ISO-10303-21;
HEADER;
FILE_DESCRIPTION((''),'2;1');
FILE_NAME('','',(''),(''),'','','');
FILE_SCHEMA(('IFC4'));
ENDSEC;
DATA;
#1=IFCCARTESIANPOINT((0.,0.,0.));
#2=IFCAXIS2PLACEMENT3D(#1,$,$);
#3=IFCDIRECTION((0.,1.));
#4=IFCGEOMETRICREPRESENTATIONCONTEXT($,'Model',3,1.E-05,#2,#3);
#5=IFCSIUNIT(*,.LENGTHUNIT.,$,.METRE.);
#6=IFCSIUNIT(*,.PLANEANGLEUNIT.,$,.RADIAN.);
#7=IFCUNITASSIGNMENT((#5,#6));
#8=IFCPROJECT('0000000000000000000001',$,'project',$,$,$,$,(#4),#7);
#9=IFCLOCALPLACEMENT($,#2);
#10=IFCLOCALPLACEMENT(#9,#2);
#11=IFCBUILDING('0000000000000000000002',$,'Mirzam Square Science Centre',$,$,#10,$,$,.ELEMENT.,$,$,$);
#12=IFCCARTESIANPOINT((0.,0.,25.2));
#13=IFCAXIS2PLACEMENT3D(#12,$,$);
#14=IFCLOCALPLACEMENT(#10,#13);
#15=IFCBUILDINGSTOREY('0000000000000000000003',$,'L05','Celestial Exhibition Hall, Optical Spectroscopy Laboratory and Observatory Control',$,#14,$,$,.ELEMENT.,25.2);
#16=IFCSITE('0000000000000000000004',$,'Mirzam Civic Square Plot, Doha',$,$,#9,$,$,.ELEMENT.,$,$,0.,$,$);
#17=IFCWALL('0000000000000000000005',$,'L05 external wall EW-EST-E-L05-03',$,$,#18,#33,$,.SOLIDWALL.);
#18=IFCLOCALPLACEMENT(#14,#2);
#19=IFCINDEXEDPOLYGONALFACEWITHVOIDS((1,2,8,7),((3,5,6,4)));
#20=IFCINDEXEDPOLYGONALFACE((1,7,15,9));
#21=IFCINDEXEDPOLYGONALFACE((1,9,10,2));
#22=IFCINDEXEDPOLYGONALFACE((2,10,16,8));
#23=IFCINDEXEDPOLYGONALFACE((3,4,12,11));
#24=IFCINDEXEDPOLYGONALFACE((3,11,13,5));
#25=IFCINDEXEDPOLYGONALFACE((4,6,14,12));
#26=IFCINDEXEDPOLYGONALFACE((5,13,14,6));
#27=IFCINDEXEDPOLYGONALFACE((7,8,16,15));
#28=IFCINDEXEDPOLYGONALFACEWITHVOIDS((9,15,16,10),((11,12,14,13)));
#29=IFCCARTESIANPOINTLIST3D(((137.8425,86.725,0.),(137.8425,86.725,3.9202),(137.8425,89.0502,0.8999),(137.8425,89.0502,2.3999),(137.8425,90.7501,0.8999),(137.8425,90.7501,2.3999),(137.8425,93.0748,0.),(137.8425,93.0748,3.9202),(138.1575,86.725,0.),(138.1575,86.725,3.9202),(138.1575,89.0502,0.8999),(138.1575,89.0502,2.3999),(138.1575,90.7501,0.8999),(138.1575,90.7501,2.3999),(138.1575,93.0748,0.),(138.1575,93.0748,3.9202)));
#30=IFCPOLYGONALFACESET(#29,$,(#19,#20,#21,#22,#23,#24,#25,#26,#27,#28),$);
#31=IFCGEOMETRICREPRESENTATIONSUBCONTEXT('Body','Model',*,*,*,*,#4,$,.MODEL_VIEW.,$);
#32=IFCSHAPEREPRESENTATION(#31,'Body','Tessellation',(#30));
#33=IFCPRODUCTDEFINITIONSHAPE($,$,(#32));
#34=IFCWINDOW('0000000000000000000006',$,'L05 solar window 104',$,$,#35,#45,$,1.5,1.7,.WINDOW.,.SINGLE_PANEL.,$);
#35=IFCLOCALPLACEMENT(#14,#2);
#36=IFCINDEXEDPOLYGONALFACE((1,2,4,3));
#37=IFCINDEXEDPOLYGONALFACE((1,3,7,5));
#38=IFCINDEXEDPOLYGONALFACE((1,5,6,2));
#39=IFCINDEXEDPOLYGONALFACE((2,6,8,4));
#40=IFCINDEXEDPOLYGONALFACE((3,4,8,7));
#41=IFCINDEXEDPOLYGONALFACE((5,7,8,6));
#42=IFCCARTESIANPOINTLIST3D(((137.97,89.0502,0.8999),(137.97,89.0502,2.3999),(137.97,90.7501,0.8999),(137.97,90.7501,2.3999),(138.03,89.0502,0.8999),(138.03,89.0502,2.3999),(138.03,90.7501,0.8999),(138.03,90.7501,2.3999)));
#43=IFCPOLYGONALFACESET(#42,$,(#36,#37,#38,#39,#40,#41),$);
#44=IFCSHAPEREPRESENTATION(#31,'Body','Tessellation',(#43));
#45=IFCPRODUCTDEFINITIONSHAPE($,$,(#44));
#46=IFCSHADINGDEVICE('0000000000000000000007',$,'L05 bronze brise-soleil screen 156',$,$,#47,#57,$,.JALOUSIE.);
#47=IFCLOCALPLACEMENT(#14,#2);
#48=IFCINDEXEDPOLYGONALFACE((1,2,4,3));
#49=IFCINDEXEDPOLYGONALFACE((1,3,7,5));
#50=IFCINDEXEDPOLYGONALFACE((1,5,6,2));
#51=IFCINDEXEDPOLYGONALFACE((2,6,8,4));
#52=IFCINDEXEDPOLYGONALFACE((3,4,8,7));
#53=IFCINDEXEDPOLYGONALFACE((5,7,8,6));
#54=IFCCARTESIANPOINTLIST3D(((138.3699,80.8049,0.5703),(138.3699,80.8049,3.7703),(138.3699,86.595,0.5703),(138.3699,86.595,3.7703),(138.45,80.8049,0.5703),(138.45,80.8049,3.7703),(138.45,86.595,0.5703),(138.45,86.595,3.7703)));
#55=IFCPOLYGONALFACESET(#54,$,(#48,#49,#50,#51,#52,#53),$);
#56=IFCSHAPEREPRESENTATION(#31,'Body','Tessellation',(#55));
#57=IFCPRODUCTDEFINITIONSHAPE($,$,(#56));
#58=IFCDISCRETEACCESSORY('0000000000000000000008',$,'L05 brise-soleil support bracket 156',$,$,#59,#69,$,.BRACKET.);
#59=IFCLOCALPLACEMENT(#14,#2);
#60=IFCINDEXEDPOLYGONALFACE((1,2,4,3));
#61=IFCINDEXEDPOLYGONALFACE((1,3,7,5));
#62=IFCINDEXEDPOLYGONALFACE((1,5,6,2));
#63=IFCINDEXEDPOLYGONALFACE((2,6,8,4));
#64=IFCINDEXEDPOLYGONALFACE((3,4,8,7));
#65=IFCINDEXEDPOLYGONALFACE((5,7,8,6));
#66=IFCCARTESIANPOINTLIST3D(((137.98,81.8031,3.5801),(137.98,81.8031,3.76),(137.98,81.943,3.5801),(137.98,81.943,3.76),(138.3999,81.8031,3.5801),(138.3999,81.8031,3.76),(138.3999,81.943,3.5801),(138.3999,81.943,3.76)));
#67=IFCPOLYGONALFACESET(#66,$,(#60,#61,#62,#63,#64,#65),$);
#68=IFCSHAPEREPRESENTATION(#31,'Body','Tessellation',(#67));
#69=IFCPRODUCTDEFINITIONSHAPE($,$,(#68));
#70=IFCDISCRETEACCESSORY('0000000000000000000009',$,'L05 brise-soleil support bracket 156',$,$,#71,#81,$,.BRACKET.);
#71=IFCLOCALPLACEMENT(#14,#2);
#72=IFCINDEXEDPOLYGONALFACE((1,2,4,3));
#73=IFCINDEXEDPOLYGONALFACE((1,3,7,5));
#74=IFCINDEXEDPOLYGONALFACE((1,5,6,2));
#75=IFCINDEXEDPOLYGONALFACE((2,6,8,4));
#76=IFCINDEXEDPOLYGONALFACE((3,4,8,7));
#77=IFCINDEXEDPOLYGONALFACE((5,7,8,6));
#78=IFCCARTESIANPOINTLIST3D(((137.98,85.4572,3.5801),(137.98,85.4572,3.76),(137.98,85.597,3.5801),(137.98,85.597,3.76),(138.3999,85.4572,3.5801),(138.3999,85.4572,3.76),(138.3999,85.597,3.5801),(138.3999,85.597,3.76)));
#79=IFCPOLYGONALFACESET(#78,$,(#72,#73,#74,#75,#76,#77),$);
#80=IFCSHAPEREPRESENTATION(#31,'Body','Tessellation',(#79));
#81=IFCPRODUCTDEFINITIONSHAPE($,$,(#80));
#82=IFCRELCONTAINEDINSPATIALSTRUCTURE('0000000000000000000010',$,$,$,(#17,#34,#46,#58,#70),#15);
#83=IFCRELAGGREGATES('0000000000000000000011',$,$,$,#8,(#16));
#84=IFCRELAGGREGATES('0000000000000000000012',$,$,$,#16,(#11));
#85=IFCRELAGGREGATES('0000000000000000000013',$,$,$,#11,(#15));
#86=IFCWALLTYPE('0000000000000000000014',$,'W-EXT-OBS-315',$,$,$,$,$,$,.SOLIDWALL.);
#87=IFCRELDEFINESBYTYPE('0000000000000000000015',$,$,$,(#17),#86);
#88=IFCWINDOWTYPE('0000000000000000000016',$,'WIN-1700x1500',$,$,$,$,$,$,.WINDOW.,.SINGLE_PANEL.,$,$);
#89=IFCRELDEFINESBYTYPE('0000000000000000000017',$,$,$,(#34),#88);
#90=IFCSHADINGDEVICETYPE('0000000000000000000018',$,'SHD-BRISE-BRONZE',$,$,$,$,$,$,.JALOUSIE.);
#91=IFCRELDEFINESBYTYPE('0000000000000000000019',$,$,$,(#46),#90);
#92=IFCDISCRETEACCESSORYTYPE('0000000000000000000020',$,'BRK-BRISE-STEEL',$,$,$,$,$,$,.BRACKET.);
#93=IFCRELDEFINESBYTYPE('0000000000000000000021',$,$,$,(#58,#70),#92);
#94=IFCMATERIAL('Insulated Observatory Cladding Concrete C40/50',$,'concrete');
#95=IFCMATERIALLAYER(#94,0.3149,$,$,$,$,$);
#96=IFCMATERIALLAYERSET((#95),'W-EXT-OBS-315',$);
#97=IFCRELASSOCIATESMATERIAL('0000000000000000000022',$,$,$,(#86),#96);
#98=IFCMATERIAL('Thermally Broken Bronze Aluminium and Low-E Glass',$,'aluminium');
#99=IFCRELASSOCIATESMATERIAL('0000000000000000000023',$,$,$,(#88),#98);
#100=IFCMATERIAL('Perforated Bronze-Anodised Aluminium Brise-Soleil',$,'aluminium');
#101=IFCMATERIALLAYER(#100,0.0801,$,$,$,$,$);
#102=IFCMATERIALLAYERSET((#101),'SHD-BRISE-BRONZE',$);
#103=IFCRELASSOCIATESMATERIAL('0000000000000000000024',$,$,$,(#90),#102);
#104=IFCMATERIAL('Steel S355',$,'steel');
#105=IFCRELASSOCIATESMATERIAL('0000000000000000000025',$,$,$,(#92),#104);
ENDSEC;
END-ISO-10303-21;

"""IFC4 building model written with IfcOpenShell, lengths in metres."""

from ifc_helpers import new_model, si_unit, direction, frame, frame_2d, origin, origin_2d, place, context, subcontext, project, spatial, rectangle, extrude, material, layer, layer_set, type_object, element, fill, save


model = new_model("IFC4")

# Units and contexts
model_context = context("Model", 3, precision=1e-05, world=origin(), true_north=direction((0.0, 1.0)))
body_context = subcontext(model_context, "Body", "Model", "MODEL_VIEW")
ifc_project = project(units=[si_unit("LENGTHUNIT", "METRE"), si_unit("PLANEANGLEUNIT", "RADIAN")], contexts=[model_context])

# Site, building, storey
site_placement = place(None, origin())
site = spatial("IfcSite", under=ifc_project, at=site_placement, Name="Mirzam Civic Square Plot, Doha", CompositionType="ELEMENT", RefElevation=0.0)
building_placement = place(site_placement, origin())
building = spatial("IfcBuilding", under=site, at=building_placement, Name="Mirzam Square Science Centre", CompositionType="ELEMENT")
storey_placement = place(building_placement, frame((0.0, 0.0, 25.2)))
storey = spatial("IfcBuildingStorey", under=building, at=storey_placement, Name="L05", Description="Celestial Exhibition Hall, Optical Spectroscopy Laboratory and Observatory Control", CompositionType="ELEMENT", Elevation=25.2)

# Shared definitions
ifc_material_1 = material(Name="Steel S355", Category="steel")

# Wall, opening, window
ifc_material_2 = material(Name="Insulated Observatory Cladding Concrete C40/50", Category="concrete")
ifc_layer_1 = layer(ifc_material_2, 0.3149)
ifc_layer_set_1 = layer_set([ifc_layer_1], Name="W-EXT-OBS-315")
wall_type = type_object("IfcWallType", Name="W-EXT-OBS-315", PredefinedType="SOLIDWALL", material=ifc_layer_set_1)
wall_placement = place(storey_placement, frame((138.0, 86.7251, 0.0), z_axis=(0.0, 0.0, 1.0), x_axis=(0.0, 1.0, 0.0)))
wall = element("IfcWall", 1, at=wall_placement, inside=storey, type_object=wall_type, Name="L05 external wall EW-EST-E-L05-03", PredefinedType="SOLIDWALL", context=body_context, shape_type="SweptSolid", body=[
    extrude(rectangle(XDim=6.3499, YDim=0.3149, at=frame_2d((3.1748, 0.0))), origin(), (0.0, 0.0, 1.0), 3.9202),
])
opening_placement = place(wall_placement, frame((2.325, 0.0, 0.8999)))
opening = element("IfcOpeningElement", 2, at=opening_placement, cuts=wall, PredefinedType="OPENING", context=body_context, shape_type="SweptSolid", body=[
    extrude(rectangle(XDim=1.7, YDim=1.5, at=frame_2d((0.8501, 0.75))), frame((0.0, 0.1675, 0.0), z_axis=(0.0, -1.0, 0.0), x_axis=(1.0, 0.0, 0.0)), (0.0, 0.0, 1.0), 0.335),
])
ifc_material_3 = material(Name="Thermally Broken Bronze Aluminium and Low-E Glass", Category="aluminium")
window_type = type_object("IfcWindowType", Name="WIN-1700x1500", PartitioningType="SINGLE_PANEL", PredefinedType="WINDOW", material=ifc_material_3)
window_placement = place(opening_placement, origin())
window = element("IfcWindow", 3, at=window_placement, inside=storey, type_object=window_type, Name="L05 solar window 104", OverallHeight=1.5, OverallWidth=1.7, PartitioningType="SINGLE_PANEL", PredefinedType="WINDOW", context=body_context, shape_type="SweptSolid", body=[
    extrude(rectangle(XDim=1.7, YDim=1.5, at=frame_2d((0.8501, 0.75))), frame((0.0, 0.03, 0.0), z_axis=(0.0, -1.0, 0.0), x_axis=(1.0, 0.0, 0.0)), (0.0, 0.0, 1.0), 0.0601),
])
fill(opening, window)

# Shading device
ifc_material_4 = material(Name="Perforated Bronze-Anodised Aluminium Brise-Soleil", Category="aluminium")
ifc_layer_2 = layer(ifc_material_4, 0.0801)
ifc_layer_set_2 = layer_set([ifc_layer_2], Name="SHD-BRISE-BRONZE")
shading_device_type = type_object("IfcShadingDeviceType", Name="SHD-BRISE-BRONZE", PredefinedType="JALOUSIE", material=ifc_layer_set_2)
shading_device_placement = place(storey_placement, frame((138.4099, 83.7, 0.5703), z_axis=(0.0, 0.0, 1.0), x_axis=(0.0, 1.0, 0.0)))
element("IfcShadingDevice", 4, at=shading_device_placement, inside=storey, type_object=shading_device_type, Name="L05 bronze brise-soleil screen 156", PredefinedType="JALOUSIE", context=body_context, shape_type="SweptSolid", body=[
    extrude(rectangle(XDim=5.79, YDim=0.0801, at=origin_2d()), origin(), (0.0, 0.0, 1.0), 3.2),
])

# Discrete accessories
discrete_accessory_type = type_object("IfcDiscreteAccessoryType", Name="BRK-BRISE-STEEL", PredefinedType="BRACKET", material=ifc_material_1)
for number, where, z_axis, x_axis, name in (
    (5, (138.1899, 81.873, 3.5801), (0.0, 0.0, 1.0), (0.0, 1.0, 0.0), "L05 brise-soleil support bracket 156"),
    (6, (138.1899, 85.5271, 3.5801), (0.0, 0.0, 1.0), (0.0, 1.0, 0.0), "L05 brise-soleil support bracket 156"),
):
    element("IfcDiscreteAccessory", number, at=place(storey_placement, frame(where, z_axis=z_axis, x_axis=x_axis)), inside=storey, type_object=discrete_accessory_type, Name=name, PredefinedType="BRACKET", context=body_context, shape_type="SweptSolid", body=[
        extrude(rectangle(XDim=0.1399, YDim=0.4199, at=origin_2d()), origin(), (0.0, 0.0, 1.0), 0.1799),
    ])

save(model, "model.ifc")
